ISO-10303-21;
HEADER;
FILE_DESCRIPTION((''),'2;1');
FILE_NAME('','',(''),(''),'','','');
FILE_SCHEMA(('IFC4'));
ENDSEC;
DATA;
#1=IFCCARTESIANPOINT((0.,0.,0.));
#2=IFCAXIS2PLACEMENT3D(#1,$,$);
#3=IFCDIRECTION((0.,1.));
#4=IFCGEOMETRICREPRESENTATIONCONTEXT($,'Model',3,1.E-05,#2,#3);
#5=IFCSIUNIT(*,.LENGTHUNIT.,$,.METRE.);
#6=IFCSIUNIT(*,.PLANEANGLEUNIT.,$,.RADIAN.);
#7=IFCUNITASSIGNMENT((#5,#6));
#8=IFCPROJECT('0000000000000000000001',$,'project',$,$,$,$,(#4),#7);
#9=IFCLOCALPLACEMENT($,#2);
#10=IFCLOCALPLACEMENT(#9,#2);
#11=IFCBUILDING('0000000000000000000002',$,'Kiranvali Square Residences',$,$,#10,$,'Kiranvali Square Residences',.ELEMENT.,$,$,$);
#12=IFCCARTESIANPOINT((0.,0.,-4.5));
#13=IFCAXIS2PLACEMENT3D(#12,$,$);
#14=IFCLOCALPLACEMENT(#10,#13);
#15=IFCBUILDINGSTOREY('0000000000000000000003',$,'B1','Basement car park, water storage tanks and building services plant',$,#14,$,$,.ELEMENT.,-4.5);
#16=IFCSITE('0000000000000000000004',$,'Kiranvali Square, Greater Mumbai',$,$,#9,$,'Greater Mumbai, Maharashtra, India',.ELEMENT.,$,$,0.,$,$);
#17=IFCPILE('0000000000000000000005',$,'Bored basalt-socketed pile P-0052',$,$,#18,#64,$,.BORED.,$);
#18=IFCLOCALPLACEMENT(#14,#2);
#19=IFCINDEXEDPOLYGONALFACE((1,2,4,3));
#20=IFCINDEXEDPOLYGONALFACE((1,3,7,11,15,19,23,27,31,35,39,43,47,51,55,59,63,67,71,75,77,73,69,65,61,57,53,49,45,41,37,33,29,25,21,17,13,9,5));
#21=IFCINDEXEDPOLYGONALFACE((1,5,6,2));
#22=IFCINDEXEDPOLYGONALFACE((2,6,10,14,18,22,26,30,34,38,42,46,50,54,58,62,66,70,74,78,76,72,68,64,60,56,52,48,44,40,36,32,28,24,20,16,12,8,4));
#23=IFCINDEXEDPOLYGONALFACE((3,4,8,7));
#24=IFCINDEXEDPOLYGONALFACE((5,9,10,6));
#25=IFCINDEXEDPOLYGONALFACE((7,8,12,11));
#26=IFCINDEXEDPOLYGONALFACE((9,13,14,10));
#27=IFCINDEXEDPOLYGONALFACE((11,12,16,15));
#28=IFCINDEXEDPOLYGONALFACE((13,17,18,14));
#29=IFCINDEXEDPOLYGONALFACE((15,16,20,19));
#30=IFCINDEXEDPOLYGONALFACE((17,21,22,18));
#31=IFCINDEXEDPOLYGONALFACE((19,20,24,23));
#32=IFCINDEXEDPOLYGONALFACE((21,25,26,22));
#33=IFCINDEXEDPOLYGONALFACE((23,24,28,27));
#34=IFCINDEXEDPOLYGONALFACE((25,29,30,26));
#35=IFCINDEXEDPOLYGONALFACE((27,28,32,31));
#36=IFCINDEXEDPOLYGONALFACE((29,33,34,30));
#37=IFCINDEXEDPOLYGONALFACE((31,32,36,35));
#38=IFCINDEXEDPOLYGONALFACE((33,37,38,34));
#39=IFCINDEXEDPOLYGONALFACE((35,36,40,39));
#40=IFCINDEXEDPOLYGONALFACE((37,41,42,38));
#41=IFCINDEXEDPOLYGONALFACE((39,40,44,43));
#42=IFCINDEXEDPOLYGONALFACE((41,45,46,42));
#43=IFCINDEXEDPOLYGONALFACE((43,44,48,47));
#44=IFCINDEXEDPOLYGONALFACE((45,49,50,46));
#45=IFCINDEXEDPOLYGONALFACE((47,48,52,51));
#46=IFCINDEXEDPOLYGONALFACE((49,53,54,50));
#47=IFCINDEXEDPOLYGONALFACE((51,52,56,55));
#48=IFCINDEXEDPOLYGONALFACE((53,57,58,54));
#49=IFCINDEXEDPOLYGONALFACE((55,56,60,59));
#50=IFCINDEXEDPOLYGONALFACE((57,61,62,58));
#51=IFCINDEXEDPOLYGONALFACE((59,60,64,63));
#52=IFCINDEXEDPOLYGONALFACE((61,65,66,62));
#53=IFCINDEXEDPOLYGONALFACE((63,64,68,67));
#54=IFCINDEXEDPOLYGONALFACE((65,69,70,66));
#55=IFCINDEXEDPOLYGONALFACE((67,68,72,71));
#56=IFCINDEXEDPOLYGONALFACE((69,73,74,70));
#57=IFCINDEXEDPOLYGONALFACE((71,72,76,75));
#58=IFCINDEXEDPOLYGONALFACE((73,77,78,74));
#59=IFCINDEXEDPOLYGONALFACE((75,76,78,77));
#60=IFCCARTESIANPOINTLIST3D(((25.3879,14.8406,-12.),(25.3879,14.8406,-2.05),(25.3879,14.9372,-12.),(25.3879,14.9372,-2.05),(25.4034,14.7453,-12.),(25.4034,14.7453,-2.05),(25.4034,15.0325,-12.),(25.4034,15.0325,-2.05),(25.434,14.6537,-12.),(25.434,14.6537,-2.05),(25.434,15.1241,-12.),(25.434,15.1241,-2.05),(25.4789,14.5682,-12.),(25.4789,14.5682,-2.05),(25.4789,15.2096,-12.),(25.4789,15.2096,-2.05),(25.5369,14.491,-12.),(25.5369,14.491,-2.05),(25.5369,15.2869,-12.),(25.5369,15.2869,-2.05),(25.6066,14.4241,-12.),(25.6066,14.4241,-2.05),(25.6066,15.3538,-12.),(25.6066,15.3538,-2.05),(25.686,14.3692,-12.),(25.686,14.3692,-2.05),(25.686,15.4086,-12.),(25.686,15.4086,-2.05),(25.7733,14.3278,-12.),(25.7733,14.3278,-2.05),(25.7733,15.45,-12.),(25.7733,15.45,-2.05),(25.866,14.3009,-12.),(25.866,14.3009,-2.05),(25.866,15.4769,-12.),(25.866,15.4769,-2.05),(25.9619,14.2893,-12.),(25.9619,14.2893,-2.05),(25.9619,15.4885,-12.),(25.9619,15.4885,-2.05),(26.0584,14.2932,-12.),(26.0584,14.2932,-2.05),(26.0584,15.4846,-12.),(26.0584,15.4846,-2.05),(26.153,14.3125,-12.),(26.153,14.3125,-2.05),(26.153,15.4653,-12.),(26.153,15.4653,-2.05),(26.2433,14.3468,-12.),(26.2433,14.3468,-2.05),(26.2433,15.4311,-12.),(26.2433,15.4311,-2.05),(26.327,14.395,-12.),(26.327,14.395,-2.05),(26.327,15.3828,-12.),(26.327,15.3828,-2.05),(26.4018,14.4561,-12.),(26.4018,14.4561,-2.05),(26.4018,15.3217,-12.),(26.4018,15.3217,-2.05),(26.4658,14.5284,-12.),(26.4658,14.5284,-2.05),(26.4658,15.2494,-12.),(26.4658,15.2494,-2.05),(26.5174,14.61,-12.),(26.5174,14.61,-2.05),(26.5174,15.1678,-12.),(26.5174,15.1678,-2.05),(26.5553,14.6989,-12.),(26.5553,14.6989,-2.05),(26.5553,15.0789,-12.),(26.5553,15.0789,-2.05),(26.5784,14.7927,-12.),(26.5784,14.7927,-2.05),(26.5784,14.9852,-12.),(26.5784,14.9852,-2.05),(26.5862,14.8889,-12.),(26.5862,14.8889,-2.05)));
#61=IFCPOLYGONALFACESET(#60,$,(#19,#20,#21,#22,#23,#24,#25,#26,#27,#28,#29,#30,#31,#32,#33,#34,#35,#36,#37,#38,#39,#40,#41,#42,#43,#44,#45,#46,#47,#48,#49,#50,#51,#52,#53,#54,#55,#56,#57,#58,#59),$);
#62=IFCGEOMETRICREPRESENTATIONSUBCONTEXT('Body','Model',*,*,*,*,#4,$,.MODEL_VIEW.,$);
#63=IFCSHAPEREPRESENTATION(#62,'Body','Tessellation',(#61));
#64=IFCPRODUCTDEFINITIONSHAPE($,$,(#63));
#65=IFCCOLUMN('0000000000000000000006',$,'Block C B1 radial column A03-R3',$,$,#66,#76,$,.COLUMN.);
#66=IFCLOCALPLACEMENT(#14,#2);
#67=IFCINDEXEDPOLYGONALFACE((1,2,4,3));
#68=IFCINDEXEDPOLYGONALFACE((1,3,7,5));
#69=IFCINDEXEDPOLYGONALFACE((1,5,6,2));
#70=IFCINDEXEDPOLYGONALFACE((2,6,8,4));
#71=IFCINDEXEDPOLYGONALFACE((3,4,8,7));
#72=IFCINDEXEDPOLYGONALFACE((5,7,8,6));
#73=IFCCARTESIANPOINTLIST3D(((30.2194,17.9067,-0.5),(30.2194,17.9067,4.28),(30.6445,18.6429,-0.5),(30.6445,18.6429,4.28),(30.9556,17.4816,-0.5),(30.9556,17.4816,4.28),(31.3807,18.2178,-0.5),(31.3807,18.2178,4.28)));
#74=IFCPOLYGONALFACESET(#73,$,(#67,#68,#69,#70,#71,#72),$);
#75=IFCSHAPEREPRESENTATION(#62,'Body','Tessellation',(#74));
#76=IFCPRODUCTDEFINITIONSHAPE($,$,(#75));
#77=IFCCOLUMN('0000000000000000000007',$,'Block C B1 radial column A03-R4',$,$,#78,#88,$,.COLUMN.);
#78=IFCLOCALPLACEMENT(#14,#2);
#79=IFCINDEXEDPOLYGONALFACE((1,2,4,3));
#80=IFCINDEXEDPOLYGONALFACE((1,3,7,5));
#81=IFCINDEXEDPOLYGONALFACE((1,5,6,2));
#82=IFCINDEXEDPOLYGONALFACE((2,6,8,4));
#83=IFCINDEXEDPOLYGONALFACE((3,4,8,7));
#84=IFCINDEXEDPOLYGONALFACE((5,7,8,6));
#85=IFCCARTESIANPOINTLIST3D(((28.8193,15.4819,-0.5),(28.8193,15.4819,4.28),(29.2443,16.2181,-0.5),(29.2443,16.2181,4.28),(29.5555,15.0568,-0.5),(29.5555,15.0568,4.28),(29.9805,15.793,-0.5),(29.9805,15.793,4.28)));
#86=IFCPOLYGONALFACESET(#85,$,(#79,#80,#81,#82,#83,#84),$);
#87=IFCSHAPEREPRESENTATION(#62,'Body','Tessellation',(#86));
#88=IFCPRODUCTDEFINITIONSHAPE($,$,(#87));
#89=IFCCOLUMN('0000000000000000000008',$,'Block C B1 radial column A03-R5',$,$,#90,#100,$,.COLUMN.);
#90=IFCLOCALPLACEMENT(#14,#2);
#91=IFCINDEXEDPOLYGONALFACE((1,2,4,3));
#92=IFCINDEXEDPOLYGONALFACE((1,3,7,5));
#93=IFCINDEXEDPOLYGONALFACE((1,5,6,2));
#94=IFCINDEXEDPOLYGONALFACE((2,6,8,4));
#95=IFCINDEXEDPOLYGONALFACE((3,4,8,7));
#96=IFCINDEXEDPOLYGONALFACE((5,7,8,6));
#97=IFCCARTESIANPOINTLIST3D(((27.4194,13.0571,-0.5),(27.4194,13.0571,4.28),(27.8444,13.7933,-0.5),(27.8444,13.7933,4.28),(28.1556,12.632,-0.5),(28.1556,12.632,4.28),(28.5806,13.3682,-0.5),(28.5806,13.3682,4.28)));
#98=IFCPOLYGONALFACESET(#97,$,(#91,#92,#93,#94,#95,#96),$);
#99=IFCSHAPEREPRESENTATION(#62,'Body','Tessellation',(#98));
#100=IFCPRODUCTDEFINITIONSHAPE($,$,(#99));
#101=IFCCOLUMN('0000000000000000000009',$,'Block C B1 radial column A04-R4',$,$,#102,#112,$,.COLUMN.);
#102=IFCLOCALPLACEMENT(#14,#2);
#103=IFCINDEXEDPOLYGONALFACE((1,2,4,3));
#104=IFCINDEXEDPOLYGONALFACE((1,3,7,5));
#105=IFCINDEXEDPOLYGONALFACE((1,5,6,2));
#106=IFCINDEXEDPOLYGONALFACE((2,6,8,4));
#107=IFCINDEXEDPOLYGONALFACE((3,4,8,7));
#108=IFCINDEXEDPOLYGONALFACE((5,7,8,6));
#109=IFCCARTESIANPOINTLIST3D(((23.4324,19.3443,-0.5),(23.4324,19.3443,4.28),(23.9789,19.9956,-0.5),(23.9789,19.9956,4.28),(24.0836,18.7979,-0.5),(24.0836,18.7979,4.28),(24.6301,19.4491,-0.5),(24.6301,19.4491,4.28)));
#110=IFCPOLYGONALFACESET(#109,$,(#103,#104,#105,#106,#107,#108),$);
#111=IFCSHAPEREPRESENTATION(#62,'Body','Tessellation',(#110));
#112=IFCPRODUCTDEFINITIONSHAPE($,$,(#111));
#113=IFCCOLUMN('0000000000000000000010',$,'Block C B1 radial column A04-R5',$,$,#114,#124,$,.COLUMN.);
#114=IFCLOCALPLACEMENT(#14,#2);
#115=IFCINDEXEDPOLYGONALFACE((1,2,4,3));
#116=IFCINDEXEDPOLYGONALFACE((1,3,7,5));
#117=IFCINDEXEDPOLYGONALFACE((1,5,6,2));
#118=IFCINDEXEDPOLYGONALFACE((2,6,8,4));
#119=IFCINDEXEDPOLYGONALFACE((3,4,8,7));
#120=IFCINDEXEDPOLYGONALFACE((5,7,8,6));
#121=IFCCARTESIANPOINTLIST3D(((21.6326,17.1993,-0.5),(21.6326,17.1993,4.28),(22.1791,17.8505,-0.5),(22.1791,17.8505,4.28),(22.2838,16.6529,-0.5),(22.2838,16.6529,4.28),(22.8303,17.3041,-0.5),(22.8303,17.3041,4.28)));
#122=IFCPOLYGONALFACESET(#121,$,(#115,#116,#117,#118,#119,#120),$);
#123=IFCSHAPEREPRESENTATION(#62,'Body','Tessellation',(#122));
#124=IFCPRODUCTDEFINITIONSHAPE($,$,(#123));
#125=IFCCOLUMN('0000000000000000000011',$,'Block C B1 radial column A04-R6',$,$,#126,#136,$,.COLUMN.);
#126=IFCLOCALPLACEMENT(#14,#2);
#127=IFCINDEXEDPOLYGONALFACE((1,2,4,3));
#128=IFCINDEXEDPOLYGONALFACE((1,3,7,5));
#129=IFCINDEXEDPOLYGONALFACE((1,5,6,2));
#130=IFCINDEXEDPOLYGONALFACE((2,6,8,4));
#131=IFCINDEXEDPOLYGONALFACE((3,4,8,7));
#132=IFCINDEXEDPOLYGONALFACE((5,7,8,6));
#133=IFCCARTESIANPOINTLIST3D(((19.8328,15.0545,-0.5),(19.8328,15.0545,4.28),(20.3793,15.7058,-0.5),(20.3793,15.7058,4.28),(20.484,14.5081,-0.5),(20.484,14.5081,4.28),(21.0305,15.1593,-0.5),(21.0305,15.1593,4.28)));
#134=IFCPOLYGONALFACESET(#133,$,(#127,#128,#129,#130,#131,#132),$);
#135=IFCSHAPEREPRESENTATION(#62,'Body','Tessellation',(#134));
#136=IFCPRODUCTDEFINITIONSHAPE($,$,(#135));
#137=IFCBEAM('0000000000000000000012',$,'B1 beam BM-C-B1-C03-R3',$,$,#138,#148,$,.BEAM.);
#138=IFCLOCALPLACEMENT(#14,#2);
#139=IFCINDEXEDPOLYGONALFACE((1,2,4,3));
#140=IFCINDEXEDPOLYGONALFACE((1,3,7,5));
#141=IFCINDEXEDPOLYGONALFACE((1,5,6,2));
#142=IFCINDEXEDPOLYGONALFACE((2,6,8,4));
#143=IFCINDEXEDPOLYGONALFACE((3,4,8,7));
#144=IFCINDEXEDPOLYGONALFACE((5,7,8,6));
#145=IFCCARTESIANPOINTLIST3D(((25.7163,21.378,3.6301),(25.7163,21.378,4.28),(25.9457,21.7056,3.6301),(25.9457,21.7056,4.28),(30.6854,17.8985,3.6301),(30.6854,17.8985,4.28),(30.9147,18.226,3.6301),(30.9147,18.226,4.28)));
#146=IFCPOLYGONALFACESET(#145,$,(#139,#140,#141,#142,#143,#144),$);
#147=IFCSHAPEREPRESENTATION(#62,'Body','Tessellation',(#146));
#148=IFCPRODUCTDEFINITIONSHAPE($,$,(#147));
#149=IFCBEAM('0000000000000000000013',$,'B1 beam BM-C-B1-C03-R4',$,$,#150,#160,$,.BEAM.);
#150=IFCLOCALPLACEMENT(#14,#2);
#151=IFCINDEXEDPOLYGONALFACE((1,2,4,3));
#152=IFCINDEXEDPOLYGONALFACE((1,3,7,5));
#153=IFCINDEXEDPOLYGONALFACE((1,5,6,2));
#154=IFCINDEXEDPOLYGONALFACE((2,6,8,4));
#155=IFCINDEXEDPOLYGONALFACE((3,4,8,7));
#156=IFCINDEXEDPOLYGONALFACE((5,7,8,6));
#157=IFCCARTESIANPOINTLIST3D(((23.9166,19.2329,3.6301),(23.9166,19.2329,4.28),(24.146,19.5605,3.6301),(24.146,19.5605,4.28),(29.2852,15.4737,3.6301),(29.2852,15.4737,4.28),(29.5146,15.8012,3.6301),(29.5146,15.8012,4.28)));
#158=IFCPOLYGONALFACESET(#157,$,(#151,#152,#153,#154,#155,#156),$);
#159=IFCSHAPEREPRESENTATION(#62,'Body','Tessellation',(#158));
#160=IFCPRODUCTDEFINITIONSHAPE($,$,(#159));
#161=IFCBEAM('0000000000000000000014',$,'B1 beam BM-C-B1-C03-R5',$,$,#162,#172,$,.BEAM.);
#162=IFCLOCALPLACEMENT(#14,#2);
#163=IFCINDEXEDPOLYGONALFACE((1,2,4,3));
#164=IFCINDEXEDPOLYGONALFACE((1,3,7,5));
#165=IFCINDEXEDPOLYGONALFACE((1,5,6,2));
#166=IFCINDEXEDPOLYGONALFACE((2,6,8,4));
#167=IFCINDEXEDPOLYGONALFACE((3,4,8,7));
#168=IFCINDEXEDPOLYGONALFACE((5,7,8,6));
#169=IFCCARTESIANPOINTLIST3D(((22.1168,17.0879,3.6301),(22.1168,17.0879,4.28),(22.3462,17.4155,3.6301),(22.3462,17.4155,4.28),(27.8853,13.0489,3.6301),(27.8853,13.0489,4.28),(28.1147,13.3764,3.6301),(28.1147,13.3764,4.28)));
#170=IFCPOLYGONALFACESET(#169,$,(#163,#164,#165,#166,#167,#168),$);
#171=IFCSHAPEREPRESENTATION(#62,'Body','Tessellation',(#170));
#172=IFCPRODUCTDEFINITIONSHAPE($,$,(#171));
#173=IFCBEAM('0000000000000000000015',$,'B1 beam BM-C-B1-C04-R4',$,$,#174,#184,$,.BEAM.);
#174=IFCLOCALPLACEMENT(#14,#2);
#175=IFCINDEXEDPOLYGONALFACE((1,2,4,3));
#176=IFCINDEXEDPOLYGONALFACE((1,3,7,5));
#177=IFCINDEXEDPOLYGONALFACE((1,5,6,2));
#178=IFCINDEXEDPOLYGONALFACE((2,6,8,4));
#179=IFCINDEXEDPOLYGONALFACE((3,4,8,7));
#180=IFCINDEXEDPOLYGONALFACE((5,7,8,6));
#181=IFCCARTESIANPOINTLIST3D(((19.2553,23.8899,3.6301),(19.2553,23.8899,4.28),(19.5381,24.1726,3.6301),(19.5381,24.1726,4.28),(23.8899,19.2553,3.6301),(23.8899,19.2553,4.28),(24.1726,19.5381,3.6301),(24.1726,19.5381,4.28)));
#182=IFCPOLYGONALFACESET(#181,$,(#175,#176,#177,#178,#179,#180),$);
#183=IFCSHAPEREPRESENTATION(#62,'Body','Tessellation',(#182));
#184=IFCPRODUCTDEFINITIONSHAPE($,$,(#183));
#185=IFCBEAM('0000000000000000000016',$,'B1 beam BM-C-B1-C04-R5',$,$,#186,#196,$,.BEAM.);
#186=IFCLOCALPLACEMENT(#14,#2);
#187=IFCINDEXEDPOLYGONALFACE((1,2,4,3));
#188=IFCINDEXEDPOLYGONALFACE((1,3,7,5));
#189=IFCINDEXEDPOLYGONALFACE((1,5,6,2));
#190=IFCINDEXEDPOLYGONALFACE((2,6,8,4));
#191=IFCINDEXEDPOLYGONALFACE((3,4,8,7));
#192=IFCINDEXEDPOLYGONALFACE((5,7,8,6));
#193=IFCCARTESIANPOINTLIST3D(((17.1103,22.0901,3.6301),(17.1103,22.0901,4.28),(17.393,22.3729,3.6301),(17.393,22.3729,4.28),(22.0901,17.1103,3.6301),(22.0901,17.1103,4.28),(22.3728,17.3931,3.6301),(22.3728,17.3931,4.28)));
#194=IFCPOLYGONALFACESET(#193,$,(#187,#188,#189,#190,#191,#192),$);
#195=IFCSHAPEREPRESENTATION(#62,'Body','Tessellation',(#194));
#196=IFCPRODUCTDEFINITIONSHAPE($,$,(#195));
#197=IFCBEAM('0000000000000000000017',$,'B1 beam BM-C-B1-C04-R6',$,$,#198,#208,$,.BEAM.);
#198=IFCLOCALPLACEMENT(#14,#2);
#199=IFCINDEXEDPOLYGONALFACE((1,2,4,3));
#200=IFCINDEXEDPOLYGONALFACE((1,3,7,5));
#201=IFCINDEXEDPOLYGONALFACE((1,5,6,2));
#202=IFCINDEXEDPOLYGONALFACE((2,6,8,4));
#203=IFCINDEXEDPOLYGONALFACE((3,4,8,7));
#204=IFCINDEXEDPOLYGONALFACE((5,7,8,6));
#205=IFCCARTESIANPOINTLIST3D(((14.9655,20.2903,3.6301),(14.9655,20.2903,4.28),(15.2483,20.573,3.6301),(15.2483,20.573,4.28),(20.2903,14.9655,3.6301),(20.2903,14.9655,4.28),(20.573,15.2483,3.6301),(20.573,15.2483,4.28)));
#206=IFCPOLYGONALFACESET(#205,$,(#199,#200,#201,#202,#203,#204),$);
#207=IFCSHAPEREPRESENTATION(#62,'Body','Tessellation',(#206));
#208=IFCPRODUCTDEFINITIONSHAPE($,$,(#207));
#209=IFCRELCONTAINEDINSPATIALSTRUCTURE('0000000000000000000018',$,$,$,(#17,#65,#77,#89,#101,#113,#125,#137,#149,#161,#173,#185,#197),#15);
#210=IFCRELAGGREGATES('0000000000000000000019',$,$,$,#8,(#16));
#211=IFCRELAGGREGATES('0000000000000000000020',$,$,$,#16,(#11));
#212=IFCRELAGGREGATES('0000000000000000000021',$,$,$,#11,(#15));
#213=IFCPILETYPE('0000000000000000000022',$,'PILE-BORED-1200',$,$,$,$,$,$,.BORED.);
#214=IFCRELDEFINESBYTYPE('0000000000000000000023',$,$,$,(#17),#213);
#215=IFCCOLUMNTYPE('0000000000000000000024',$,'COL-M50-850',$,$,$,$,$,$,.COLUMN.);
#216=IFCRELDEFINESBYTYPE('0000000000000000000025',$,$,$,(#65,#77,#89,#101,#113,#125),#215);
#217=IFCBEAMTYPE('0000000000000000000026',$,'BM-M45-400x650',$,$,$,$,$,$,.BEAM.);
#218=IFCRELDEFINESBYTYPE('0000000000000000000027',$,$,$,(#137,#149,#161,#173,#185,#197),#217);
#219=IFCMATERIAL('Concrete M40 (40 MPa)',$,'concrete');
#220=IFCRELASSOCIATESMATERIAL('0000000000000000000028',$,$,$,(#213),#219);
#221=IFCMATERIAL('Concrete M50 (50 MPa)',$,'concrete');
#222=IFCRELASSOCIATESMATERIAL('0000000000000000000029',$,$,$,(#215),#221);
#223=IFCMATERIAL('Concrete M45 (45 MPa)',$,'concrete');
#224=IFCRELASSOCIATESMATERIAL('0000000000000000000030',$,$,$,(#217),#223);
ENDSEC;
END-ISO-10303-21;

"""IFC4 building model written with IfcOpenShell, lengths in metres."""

from ifc_helpers import new_model, si_unit, direction, frame, origin, origin_2d, place, context, subcontext, project, spatial, rectangle, circle, extrude, material, material_profile, profile_set, type_object, element, save


model = new_model("IFC4")

# Units and contexts
model_context = context("Model", 3, precision=1e-05, world=origin(), true_north=direction((0.0, 1.0)))
body_context = subcontext(model_context, "Body", "Model", "MODEL_VIEW")
ifc_project = project(units=[si_unit("LENGTHUNIT", "METRE"), si_unit("PLANEANGLEUNIT", "RADIAN")], contexts=[model_context])

# Site, building, storey
site_placement = place(None, origin())
site = spatial("IfcSite", under=ifc_project, at=site_placement, Name="Kiranvali Square, Greater Mumbai", LongName="Greater Mumbai, Maharashtra, India", CompositionType="ELEMENT", RefElevation=0.0)
building_placement = place(site_placement, origin())
building = spatial("IfcBuilding", under=site, at=building_placement, Name="Kiranvali Square Residences", LongName="Kiranvali Square Residences", CompositionType="ELEMENT")
storey_placement = place(building_placement, frame((0.0, 0.0, -4.5)))
storey = spatial("IfcBuildingStorey", under=building, at=storey_placement, Name="B1", Description="Basement car park, water storage tanks and building services plant", CompositionType="ELEMENT", Elevation=-4.5)

# Shared definitions
ifc_material_1 = material(Name="Concrete M40 (40 MPa)", Category="concrete")

# Pile
ifc_material_profile_1 = material_profile(ifc_material_1, circle(Radius=0.6001, at=origin_2d()), Name="BORED PILE 1200")
ifc_profile_set_1 = profile_set([ifc_material_profile_1], Name="Concrete M40 (40 MPa)")
pile_type = type_object("IfcPileType", Name="PILE-BORED-1200", PredefinedType="BORED", material=ifc_profile_set_1)
for number, where, z_axis, x_axis, name in (
    (1, (25.9861, 14.8889, -2.05), (0.0, 0.0, -1.0), (1.0, 0.0, 0.0), "Bored basalt-socketed pile P-0052"),
):
    element("IfcPile", number, at=place(storey_placement, frame(where, z_axis=z_axis, x_axis=x_axis)), inside=storey, type_object=pile_type, Name=name, PredefinedType="BORED", context=body_context, shape_type="SweptSolid", body=[
        extrude(circle(Radius=0.6001, at=origin_2d()), origin(), (0.0, 0.0, 1.0), 9.95),
    ])

# Columns
ifc_material_2 = material(Name="Concrete M50 (50 MPa)", Category="concrete")
ifc_material_profile_2 = material_profile(ifc_material_2, rectangle(XDim=0.8501, YDim=0.8501, at=origin_2d()), Name="RC 850x850")
ifc_profile_set_2 = profile_set([ifc_material_profile_2], Name="Concrete M50 (50 MPa)")
column_type = type_object("IfcColumnType", Name="COL-M50-850", PredefinedType="COLUMN", material=ifc_profile_set_2)
for number, where, z_axis, x_axis, name in (
    (2, (30.8, 18.0623, -0.5), (0.0, 0.0, 1.0), (-0.866025, 0.5, 0.0), "Block C B1 radial column A03-R3"),
    (3, (29.3999, 15.6375, -0.5), (0.0, 0.0, 1.0), (-0.866025, 0.5, 0.0), "Block C B1 radial column A03-R4"),
    (4, (28.0, 13.2126, -0.5), (0.0, 0.0, 1.0), (-0.866025, 0.5, 0.0), "Block C B1 radial column A03-R5"),
    (5, (24.0312, 19.3967, -0.5), (0.0, 0.0, 1.0), (-0.766044, 0.642788, 0.0), "Block C B1 radial column A04-R4"),
    (6, (22.2314, 17.2517, -0.5), (0.0, 0.0, 1.0), (-0.766044, 0.642788, 0.0), "Block C B1 radial column A04-R5"),
    (7, (20.4316, 15.1069, -0.5), (0.0, 0.0, 1.0), (-0.766044, 0.642788, 0.0), "Block C B1 radial column A04-R6"),
):
    element("IfcColumn", number, at=place(storey_placement, frame(where, z_axis=z_axis, x_axis=x_axis)), inside=storey, type_object=column_type, Name=name, PredefinedType="COLUMN", context=body_context, shape_type="SweptSolid", body=[
        extrude(rectangle(XDim=0.8501, YDim=0.8501, at=origin_2d()), origin(), (0.0, 0.0, 1.0), 4.78),
    ])

# Beams
ifc_material_3 = material(Name="Concrete M45 (45 MPa)", Category="concrete")
ifc_material_profile_3 = material_profile(ifc_material_3, rectangle(XDim=0.3999, YDim=0.6499, at=origin_2d()), Name="RC 400x650")
ifc_profile_set_3 = profile_set([ifc_material_profile_3], Name="Concrete M45 (45 MPa)")
beam_type = type_object("IfcBeamType", Name="BM-M45-400x650", PredefinedType="BEAM", material=ifc_profile_set_3)
beam_1_placement = place(storey_placement, frame((30.8, 18.0623, 3.9551), z_axis=(-0.819139, 0.573595, 0.0), x_axis=(-0.573595, -0.819139, 0.0)))
element("IfcBeam", 8, at=beam_1_placement, inside=storey, type_object=beam_type, Name="B1 beam BM-C-B1-C03-R3", PredefinedType="BEAM", context=body_context, shape_type="SweptSolid", body=[
    extrude(rectangle(XDim=0.3999, YDim=0.6499, at=origin_2d()), origin(), (0.0, 0.0, 1.0), 6.0662),
])
beam_2_placement = place(storey_placement, frame((29.3999, 15.6375, 3.9551), z_axis=(-0.819144, 0.573587, 0.0), x_axis=(-0.573587, -0.819144, 0.0)))
element("IfcBeam", 9, at=beam_2_placement, inside=storey, type_object=beam_type, Name="B1 beam BM-C-B1-C03-R4", PredefinedType="BEAM", context=body_context, shape_type="SweptSolid", body=[
    extrude(rectangle(XDim=0.3999, YDim=0.6499, at=origin_2d()), origin(), (0.0, 0.0, 1.0), 6.554),
])
beam_3_placement = place(storey_placement, frame((28.0, 13.2126, 3.9551), z_axis=(-0.81916, 0.573565, 0.0), x_axis=(-0.573565, -0.81916, 0.0)))
element("IfcBeam", 10, at=beam_3_placement, inside=storey, type_object=beam_type, Name="B1 beam BM-C-B1-C03-R5", PredefinedType="BEAM", context=body_context, shape_type="SweptSolid", body=[
    extrude(rectangle(XDim=0.3999, YDim=0.6499, at=origin_2d()), origin(), (0.0, 0.0, 1.0), 7.042),
])
beam_4_placement = place(storey_placement, frame((24.0312, 19.3967, 3.9551), z_axis=(-0.707107, 0.707107, 0.0), x_axis=(-0.707107, -0.707107, 0.0)))
element("IfcBeam", 11, at=beam_4_placement, inside=storey, type_object=beam_type, Name="B1 beam BM-C-B1-C04-R4", PredefinedType="BEAM", context=body_context, shape_type="SweptSolid", body=[
    extrude(rectangle(XDim=0.3999, YDim=0.6499, at=origin_2d()), origin(), (0.0, 0.0, 1.0), 6.5542),
])
beam_5_placement = place(storey_placement, frame((22.2314, 17.2517, 3.9551), z_axis=(-0.707107, 0.707107, 0.0), x_axis=(-0.707107, -0.707107, 0.0)))
element("IfcBeam", 12, at=beam_5_placement, inside=storey, type_object=beam_type, Name="B1 beam BM-C-B1-C04-R5", PredefinedType="BEAM", context=body_context, shape_type="SweptSolid", body=[
    extrude(rectangle(XDim=0.3999, YDim=0.6499, at=origin_2d()), origin(), (0.0, 0.0, 1.0), 7.0425),
])
beam_6_placement = place(storey_placement, frame((20.4316, 15.1069, 3.9551), z_axis=(-0.707107, 0.707107, 0.0), x_axis=(-0.707107, -0.707107, 0.0)))
element("IfcBeam", 13, at=beam_6_placement, inside=storey, type_object=beam_type, Name="B1 beam BM-C-B1-C04-R6", PredefinedType="BEAM", context=body_context, shape_type="SweptSolid", body=[
    extrude(rectangle(XDim=0.3999, YDim=0.6499, at=origin_2d()), origin(), (0.0, 0.0, 1.0), 7.5303),
])

save(model, "model.ifc")
